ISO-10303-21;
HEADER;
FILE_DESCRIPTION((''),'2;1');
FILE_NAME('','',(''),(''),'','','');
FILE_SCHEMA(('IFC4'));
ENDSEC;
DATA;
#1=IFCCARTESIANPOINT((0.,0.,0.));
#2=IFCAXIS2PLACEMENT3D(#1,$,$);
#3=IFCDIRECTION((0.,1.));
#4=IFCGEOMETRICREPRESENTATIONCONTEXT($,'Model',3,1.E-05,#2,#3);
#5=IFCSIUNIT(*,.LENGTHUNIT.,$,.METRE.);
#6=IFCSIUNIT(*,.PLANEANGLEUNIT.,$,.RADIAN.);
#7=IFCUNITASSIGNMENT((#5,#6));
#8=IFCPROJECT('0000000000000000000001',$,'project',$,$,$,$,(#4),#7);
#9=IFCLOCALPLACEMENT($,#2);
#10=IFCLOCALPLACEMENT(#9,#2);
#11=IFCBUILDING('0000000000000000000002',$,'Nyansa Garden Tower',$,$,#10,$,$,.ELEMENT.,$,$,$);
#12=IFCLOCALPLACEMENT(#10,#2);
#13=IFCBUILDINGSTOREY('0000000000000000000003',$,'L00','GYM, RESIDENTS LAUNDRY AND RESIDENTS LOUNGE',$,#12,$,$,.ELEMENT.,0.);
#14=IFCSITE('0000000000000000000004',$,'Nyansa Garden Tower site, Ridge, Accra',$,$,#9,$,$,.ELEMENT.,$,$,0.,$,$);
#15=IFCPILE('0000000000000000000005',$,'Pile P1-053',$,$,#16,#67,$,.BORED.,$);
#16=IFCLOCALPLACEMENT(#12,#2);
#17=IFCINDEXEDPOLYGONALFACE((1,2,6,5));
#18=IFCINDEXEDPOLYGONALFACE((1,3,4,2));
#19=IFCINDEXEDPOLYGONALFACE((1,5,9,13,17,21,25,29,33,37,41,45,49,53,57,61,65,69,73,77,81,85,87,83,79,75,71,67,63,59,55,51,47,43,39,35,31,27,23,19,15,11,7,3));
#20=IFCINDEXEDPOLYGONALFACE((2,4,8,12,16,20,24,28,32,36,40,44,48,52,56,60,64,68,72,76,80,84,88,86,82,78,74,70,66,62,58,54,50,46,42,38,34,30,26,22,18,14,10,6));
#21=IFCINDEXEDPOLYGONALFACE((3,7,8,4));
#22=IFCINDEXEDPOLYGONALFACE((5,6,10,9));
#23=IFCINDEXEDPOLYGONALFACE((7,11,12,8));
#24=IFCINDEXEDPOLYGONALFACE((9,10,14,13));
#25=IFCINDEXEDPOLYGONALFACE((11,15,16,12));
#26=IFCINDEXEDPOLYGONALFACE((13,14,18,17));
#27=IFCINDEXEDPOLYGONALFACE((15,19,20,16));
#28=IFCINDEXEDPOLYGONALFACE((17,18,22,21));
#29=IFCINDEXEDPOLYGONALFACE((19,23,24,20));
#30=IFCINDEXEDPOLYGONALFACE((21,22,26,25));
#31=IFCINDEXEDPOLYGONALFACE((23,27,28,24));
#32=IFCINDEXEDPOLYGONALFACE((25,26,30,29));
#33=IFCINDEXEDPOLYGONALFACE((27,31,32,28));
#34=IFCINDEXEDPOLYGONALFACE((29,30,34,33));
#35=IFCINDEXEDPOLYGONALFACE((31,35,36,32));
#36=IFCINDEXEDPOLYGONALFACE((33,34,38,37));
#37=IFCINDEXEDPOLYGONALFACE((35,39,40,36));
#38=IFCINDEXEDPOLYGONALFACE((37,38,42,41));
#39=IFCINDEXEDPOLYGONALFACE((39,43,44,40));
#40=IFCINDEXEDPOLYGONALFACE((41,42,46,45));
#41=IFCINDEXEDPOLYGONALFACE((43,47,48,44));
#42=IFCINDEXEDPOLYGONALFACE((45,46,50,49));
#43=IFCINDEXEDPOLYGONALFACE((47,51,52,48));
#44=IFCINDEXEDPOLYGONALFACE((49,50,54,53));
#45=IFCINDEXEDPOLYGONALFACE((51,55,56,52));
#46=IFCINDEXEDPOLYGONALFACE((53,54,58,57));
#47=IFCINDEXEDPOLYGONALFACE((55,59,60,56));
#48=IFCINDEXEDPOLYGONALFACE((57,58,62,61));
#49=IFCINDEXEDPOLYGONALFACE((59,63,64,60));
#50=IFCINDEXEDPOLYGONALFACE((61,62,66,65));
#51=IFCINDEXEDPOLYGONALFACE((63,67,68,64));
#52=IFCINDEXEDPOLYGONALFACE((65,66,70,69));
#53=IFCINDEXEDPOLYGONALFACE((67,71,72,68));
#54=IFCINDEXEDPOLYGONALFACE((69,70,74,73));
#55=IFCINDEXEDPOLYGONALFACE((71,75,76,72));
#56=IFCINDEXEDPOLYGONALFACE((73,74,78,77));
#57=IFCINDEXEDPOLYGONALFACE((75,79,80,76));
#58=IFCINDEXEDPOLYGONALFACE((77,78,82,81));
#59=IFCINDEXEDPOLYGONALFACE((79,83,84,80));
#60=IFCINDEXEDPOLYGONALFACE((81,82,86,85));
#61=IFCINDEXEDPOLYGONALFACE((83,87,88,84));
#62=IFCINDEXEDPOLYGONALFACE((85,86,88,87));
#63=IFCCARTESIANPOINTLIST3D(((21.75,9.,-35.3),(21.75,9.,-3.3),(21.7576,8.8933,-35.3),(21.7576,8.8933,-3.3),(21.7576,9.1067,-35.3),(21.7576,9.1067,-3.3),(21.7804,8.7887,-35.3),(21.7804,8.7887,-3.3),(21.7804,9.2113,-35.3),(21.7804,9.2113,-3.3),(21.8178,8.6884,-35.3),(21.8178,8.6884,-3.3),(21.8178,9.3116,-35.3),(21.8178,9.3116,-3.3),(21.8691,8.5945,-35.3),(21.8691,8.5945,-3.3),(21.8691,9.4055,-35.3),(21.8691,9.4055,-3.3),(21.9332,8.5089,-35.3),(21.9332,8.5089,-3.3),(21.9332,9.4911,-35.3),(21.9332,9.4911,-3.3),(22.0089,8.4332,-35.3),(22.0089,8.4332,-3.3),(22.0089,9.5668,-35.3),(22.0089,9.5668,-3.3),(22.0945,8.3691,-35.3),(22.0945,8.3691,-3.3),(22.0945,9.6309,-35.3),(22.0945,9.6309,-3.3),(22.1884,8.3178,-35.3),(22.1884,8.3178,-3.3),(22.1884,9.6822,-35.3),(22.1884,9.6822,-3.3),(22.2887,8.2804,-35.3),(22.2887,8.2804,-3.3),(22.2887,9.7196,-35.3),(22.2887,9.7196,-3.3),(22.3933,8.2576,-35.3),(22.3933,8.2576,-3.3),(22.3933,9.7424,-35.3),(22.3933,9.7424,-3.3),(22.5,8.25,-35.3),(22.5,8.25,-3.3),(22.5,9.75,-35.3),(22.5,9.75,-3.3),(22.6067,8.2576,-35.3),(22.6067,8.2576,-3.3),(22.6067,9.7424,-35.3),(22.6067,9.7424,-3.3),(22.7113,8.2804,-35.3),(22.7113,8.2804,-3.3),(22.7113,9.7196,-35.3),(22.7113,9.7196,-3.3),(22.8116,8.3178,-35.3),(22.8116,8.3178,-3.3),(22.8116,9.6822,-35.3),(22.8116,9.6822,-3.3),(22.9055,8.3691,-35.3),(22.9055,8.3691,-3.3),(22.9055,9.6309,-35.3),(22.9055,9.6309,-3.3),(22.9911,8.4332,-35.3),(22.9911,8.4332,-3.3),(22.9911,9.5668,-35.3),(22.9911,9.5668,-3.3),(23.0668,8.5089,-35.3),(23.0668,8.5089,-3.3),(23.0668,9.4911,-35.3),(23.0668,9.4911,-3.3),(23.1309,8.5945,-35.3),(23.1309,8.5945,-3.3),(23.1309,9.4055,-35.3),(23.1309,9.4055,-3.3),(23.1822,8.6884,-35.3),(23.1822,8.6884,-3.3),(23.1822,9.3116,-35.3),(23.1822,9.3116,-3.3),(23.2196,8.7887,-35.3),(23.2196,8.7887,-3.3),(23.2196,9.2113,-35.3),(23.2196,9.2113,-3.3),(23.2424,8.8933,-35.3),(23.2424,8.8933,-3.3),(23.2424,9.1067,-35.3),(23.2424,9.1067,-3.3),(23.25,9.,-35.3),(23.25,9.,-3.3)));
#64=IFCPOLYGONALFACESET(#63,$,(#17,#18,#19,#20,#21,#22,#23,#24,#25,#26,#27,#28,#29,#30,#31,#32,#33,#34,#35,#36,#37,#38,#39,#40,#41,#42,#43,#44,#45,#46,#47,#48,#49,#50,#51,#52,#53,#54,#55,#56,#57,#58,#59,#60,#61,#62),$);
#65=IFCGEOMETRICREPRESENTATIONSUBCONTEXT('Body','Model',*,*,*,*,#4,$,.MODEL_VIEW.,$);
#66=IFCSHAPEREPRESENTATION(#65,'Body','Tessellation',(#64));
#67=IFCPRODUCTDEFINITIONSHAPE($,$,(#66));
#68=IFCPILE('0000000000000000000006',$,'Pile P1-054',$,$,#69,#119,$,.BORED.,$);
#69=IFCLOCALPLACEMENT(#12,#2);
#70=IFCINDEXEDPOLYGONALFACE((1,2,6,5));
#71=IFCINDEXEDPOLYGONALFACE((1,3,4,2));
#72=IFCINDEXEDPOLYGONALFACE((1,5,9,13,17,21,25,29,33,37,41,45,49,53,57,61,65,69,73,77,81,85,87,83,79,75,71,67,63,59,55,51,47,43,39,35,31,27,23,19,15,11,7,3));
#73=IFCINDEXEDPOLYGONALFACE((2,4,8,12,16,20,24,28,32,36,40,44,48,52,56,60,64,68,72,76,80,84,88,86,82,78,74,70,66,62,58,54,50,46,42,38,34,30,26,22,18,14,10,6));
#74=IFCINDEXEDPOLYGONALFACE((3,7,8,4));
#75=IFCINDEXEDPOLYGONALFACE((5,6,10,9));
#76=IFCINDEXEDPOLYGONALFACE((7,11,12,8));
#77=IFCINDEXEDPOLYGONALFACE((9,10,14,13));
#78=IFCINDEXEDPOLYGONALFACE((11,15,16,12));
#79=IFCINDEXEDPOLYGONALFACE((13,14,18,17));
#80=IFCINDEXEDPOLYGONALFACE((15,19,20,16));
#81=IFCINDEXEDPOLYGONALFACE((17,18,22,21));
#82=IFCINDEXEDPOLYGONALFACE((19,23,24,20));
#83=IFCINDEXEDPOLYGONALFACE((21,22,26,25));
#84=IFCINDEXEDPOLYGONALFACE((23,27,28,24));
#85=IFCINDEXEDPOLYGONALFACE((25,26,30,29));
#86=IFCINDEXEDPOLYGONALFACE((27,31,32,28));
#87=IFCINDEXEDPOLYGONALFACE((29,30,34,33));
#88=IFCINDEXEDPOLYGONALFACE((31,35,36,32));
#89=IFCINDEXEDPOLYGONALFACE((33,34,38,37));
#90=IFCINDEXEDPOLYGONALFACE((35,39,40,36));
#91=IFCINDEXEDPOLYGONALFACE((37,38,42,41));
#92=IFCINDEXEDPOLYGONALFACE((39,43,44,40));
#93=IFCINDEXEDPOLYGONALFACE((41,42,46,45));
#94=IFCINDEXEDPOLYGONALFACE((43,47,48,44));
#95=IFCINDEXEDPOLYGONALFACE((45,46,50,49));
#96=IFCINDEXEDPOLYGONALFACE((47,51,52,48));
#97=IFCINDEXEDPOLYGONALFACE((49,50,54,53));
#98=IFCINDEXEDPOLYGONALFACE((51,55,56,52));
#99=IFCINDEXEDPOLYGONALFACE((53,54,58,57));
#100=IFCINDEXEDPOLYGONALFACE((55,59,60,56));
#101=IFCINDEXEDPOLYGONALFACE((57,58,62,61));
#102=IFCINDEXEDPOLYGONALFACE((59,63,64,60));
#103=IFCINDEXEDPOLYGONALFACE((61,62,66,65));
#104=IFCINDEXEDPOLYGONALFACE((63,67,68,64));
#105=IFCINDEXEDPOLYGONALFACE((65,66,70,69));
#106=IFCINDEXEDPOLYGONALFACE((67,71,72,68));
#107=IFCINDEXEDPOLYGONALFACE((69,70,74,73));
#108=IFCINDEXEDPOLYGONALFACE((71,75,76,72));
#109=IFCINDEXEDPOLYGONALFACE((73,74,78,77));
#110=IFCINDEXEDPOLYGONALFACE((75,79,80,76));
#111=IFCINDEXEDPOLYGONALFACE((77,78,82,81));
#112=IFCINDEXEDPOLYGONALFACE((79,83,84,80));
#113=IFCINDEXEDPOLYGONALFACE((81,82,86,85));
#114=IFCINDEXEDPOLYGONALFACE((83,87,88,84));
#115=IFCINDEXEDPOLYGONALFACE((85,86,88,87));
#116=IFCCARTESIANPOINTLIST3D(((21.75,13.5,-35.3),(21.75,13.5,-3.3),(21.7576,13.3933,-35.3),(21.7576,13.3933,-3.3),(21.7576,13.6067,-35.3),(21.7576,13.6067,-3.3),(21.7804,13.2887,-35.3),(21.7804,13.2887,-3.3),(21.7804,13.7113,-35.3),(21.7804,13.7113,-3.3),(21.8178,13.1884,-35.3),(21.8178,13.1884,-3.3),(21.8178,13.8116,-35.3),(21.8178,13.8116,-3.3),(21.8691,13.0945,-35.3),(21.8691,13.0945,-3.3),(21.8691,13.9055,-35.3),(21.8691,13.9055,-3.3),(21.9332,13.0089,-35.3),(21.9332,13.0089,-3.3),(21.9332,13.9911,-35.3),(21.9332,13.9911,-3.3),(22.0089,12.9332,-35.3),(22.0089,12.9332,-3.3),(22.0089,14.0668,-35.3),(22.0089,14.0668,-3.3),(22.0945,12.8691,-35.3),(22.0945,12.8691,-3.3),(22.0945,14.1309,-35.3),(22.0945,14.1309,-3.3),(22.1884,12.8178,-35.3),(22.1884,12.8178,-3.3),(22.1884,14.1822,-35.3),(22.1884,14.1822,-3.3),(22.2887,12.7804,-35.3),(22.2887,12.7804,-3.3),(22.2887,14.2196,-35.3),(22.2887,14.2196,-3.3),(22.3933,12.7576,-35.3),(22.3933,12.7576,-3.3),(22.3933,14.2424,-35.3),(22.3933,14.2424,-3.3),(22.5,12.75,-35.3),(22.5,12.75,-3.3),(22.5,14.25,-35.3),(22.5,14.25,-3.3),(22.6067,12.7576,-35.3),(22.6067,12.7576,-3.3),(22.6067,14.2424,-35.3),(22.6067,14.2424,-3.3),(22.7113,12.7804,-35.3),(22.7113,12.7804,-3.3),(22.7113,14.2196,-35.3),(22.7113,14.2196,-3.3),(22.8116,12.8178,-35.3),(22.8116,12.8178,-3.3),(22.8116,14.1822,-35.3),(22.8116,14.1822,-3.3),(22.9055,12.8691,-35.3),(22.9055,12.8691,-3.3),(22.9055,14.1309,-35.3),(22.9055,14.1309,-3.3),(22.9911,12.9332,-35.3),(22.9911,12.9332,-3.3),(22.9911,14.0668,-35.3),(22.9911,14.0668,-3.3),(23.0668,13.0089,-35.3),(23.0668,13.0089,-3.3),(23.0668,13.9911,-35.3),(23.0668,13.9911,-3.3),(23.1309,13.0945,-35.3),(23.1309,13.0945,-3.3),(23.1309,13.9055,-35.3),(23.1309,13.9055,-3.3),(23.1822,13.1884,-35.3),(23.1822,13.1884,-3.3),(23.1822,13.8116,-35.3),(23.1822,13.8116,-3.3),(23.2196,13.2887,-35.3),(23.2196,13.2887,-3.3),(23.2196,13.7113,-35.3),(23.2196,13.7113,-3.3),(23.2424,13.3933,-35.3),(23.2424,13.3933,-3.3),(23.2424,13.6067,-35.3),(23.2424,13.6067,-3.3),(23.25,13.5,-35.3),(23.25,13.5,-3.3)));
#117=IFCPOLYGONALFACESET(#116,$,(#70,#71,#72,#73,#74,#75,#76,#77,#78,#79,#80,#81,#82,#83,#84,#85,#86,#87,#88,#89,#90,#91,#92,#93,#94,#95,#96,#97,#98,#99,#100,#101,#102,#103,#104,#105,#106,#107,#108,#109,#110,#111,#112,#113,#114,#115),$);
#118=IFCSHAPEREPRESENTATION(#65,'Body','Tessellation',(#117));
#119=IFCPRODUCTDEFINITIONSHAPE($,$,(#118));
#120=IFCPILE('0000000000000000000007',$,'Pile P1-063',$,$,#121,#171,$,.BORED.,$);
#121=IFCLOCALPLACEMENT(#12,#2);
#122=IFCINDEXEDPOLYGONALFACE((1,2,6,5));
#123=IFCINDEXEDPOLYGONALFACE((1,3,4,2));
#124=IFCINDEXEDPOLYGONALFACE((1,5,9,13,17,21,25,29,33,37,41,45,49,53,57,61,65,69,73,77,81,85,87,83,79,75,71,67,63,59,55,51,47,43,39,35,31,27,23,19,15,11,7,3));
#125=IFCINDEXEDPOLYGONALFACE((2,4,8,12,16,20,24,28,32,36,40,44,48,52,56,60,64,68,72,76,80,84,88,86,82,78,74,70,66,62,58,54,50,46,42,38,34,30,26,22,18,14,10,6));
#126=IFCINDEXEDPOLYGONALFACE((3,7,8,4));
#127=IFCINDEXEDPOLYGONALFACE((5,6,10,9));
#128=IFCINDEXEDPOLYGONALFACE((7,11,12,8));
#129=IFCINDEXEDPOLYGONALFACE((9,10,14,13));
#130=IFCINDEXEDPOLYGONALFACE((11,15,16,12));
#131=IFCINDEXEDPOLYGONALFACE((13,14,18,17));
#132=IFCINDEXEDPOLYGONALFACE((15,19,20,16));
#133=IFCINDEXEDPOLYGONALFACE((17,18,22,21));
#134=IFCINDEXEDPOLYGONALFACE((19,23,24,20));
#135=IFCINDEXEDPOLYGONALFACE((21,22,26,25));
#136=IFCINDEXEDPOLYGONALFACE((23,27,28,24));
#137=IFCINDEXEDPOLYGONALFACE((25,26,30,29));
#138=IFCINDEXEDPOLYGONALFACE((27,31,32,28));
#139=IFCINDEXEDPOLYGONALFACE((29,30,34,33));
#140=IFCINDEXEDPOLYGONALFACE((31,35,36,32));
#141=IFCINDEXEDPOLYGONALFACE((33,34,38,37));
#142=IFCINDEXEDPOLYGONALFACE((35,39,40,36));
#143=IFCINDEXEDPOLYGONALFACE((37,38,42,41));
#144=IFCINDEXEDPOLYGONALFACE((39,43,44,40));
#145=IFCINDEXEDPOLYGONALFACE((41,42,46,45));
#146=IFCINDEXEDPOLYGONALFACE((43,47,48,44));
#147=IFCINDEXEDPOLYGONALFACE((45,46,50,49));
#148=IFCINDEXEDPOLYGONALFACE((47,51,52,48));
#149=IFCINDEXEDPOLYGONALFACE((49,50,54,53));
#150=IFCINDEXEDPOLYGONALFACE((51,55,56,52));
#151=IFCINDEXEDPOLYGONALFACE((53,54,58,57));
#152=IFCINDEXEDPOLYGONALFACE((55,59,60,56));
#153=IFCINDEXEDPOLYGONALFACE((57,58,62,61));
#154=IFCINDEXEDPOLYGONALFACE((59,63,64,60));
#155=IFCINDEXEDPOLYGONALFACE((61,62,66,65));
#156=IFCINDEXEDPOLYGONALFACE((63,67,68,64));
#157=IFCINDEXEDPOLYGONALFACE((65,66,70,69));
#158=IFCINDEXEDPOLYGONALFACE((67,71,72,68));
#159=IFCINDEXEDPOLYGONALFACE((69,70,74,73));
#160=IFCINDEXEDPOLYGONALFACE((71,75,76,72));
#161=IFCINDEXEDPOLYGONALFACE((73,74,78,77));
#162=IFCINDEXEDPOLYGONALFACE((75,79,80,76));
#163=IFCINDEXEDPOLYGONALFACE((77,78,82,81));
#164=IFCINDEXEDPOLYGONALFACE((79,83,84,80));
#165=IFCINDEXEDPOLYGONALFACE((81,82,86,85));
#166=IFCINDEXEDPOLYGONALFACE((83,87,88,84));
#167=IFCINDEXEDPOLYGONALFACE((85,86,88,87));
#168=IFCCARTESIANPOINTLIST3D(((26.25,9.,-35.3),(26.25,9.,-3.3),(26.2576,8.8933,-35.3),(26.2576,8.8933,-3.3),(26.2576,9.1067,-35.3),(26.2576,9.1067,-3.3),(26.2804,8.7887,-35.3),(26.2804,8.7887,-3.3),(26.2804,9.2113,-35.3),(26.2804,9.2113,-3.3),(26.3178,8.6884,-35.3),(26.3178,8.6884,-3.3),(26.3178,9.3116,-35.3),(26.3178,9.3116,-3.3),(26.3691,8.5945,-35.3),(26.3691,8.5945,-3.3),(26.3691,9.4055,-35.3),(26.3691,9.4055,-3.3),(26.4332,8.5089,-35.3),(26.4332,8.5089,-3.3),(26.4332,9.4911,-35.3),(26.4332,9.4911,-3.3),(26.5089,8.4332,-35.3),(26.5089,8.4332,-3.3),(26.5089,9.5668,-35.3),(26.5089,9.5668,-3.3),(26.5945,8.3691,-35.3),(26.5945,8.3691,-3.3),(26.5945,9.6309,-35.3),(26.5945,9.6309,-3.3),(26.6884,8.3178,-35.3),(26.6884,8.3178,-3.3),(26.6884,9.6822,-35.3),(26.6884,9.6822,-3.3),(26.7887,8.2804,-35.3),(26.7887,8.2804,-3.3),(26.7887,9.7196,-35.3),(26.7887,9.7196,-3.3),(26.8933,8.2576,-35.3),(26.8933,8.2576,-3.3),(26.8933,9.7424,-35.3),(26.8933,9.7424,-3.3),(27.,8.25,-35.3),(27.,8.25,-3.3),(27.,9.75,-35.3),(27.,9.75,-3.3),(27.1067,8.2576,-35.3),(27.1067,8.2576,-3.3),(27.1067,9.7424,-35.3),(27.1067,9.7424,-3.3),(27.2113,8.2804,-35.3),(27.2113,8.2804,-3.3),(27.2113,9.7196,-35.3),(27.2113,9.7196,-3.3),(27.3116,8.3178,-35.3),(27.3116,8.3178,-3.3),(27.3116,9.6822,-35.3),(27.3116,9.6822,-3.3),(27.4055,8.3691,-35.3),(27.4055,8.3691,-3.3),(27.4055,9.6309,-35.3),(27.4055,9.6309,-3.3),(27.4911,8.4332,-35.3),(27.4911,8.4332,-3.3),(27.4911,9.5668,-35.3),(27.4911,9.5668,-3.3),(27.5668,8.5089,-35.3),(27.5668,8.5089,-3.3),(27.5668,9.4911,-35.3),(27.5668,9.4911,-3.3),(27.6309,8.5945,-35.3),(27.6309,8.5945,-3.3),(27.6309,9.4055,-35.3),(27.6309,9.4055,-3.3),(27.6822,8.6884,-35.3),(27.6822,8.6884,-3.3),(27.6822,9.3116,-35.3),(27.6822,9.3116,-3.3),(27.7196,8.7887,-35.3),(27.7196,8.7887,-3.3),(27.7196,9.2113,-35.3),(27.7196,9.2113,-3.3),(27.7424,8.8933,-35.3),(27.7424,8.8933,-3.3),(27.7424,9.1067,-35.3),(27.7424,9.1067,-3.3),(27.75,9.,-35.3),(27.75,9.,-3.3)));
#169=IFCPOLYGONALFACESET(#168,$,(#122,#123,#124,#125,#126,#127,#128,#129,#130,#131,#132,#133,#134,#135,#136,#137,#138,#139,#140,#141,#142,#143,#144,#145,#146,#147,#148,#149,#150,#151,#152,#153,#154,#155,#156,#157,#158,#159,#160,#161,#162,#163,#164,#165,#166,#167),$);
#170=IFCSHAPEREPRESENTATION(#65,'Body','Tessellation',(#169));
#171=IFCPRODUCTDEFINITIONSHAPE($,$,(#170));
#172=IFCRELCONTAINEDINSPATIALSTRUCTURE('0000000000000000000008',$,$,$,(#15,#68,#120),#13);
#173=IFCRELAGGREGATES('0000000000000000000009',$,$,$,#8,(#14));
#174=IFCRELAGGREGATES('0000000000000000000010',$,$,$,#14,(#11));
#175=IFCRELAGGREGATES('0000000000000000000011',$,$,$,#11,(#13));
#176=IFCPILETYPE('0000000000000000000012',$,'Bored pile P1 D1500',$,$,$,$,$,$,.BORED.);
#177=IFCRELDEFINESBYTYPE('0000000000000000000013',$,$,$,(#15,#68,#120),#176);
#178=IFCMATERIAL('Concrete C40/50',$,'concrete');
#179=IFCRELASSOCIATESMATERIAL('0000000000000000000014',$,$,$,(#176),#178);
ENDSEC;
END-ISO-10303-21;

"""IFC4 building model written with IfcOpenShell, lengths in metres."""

from ifc_helpers import new_model, si_unit, direction, frame, origin, origin_2d, place, context, subcontext, project, spatial, circle, extrude, material, type_object, element, save


model = new_model("IFC4")

# Units and contexts
model_context = context("Model", 3, precision=1e-05, world=origin(), true_north=direction((0.0, 1.0)))
body_context = subcontext(model_context, "Body", "Model", "MODEL_VIEW")
ifc_project = project(units=[si_unit("LENGTHUNIT", "METRE"), si_unit("PLANEANGLEUNIT", "RADIAN")], contexts=[model_context])

# Site, building, storey
site_placement = place(None, origin())
site = spatial("IfcSite", under=ifc_project, at=site_placement, Name="Nyansa Garden Tower site, Ridge, Accra", CompositionType="ELEMENT", RefElevation=0.0)
building_placement = place(site_placement, origin())
building = spatial("IfcBuilding", under=site, at=building_placement, Name="Nyansa Garden Tower", CompositionType="ELEMENT")
storey_placement = place(building_placement, origin())
storey = spatial("IfcBuildingStorey", under=building, at=storey_placement, Name="L00", Description="GYM, RESIDENTS LAUNDRY AND RESIDENTS LOUNGE", CompositionType="ELEMENT", Elevation=0.0)

# Piles
ifc_material_1 = material(Name="Concrete C40/50", Category="concrete")
pile_type = type_object("IfcPileType", Name="Bored pile P1 D1500", PredefinedType="BORED", material=ifc_material_1)
for number, where, z_axis, x_axis, name in (
    (1, (22.5, 9.0, -3.3), (0.0, 0.0, -1.0), (1.0, 0.0, 0.0), "Pile P1-053"),
    (2, (22.5, 13.5, -3.3), (0.0, 0.0, -1.0), (1.0, 0.0, 0.0), "Pile P1-054"),
    (3, (27.0, 9.0, -3.3), (0.0, 0.0, -1.0), (1.0, 0.0, 0.0), "Pile P1-063"),
):
    element("IfcPile", number, at=place(storey_placement, frame(where, z_axis=z_axis, x_axis=x_axis)), inside=storey, type_object=pile_type, Name=name, PredefinedType="BORED", context=body_context, shape_type="SweptSolid", body=[
        extrude(circle(Radius=0.75, at=origin_2d()), origin(), (0.0, 0.0, 1.0), 32.0),
    ])

save(model, "model.ifc")
